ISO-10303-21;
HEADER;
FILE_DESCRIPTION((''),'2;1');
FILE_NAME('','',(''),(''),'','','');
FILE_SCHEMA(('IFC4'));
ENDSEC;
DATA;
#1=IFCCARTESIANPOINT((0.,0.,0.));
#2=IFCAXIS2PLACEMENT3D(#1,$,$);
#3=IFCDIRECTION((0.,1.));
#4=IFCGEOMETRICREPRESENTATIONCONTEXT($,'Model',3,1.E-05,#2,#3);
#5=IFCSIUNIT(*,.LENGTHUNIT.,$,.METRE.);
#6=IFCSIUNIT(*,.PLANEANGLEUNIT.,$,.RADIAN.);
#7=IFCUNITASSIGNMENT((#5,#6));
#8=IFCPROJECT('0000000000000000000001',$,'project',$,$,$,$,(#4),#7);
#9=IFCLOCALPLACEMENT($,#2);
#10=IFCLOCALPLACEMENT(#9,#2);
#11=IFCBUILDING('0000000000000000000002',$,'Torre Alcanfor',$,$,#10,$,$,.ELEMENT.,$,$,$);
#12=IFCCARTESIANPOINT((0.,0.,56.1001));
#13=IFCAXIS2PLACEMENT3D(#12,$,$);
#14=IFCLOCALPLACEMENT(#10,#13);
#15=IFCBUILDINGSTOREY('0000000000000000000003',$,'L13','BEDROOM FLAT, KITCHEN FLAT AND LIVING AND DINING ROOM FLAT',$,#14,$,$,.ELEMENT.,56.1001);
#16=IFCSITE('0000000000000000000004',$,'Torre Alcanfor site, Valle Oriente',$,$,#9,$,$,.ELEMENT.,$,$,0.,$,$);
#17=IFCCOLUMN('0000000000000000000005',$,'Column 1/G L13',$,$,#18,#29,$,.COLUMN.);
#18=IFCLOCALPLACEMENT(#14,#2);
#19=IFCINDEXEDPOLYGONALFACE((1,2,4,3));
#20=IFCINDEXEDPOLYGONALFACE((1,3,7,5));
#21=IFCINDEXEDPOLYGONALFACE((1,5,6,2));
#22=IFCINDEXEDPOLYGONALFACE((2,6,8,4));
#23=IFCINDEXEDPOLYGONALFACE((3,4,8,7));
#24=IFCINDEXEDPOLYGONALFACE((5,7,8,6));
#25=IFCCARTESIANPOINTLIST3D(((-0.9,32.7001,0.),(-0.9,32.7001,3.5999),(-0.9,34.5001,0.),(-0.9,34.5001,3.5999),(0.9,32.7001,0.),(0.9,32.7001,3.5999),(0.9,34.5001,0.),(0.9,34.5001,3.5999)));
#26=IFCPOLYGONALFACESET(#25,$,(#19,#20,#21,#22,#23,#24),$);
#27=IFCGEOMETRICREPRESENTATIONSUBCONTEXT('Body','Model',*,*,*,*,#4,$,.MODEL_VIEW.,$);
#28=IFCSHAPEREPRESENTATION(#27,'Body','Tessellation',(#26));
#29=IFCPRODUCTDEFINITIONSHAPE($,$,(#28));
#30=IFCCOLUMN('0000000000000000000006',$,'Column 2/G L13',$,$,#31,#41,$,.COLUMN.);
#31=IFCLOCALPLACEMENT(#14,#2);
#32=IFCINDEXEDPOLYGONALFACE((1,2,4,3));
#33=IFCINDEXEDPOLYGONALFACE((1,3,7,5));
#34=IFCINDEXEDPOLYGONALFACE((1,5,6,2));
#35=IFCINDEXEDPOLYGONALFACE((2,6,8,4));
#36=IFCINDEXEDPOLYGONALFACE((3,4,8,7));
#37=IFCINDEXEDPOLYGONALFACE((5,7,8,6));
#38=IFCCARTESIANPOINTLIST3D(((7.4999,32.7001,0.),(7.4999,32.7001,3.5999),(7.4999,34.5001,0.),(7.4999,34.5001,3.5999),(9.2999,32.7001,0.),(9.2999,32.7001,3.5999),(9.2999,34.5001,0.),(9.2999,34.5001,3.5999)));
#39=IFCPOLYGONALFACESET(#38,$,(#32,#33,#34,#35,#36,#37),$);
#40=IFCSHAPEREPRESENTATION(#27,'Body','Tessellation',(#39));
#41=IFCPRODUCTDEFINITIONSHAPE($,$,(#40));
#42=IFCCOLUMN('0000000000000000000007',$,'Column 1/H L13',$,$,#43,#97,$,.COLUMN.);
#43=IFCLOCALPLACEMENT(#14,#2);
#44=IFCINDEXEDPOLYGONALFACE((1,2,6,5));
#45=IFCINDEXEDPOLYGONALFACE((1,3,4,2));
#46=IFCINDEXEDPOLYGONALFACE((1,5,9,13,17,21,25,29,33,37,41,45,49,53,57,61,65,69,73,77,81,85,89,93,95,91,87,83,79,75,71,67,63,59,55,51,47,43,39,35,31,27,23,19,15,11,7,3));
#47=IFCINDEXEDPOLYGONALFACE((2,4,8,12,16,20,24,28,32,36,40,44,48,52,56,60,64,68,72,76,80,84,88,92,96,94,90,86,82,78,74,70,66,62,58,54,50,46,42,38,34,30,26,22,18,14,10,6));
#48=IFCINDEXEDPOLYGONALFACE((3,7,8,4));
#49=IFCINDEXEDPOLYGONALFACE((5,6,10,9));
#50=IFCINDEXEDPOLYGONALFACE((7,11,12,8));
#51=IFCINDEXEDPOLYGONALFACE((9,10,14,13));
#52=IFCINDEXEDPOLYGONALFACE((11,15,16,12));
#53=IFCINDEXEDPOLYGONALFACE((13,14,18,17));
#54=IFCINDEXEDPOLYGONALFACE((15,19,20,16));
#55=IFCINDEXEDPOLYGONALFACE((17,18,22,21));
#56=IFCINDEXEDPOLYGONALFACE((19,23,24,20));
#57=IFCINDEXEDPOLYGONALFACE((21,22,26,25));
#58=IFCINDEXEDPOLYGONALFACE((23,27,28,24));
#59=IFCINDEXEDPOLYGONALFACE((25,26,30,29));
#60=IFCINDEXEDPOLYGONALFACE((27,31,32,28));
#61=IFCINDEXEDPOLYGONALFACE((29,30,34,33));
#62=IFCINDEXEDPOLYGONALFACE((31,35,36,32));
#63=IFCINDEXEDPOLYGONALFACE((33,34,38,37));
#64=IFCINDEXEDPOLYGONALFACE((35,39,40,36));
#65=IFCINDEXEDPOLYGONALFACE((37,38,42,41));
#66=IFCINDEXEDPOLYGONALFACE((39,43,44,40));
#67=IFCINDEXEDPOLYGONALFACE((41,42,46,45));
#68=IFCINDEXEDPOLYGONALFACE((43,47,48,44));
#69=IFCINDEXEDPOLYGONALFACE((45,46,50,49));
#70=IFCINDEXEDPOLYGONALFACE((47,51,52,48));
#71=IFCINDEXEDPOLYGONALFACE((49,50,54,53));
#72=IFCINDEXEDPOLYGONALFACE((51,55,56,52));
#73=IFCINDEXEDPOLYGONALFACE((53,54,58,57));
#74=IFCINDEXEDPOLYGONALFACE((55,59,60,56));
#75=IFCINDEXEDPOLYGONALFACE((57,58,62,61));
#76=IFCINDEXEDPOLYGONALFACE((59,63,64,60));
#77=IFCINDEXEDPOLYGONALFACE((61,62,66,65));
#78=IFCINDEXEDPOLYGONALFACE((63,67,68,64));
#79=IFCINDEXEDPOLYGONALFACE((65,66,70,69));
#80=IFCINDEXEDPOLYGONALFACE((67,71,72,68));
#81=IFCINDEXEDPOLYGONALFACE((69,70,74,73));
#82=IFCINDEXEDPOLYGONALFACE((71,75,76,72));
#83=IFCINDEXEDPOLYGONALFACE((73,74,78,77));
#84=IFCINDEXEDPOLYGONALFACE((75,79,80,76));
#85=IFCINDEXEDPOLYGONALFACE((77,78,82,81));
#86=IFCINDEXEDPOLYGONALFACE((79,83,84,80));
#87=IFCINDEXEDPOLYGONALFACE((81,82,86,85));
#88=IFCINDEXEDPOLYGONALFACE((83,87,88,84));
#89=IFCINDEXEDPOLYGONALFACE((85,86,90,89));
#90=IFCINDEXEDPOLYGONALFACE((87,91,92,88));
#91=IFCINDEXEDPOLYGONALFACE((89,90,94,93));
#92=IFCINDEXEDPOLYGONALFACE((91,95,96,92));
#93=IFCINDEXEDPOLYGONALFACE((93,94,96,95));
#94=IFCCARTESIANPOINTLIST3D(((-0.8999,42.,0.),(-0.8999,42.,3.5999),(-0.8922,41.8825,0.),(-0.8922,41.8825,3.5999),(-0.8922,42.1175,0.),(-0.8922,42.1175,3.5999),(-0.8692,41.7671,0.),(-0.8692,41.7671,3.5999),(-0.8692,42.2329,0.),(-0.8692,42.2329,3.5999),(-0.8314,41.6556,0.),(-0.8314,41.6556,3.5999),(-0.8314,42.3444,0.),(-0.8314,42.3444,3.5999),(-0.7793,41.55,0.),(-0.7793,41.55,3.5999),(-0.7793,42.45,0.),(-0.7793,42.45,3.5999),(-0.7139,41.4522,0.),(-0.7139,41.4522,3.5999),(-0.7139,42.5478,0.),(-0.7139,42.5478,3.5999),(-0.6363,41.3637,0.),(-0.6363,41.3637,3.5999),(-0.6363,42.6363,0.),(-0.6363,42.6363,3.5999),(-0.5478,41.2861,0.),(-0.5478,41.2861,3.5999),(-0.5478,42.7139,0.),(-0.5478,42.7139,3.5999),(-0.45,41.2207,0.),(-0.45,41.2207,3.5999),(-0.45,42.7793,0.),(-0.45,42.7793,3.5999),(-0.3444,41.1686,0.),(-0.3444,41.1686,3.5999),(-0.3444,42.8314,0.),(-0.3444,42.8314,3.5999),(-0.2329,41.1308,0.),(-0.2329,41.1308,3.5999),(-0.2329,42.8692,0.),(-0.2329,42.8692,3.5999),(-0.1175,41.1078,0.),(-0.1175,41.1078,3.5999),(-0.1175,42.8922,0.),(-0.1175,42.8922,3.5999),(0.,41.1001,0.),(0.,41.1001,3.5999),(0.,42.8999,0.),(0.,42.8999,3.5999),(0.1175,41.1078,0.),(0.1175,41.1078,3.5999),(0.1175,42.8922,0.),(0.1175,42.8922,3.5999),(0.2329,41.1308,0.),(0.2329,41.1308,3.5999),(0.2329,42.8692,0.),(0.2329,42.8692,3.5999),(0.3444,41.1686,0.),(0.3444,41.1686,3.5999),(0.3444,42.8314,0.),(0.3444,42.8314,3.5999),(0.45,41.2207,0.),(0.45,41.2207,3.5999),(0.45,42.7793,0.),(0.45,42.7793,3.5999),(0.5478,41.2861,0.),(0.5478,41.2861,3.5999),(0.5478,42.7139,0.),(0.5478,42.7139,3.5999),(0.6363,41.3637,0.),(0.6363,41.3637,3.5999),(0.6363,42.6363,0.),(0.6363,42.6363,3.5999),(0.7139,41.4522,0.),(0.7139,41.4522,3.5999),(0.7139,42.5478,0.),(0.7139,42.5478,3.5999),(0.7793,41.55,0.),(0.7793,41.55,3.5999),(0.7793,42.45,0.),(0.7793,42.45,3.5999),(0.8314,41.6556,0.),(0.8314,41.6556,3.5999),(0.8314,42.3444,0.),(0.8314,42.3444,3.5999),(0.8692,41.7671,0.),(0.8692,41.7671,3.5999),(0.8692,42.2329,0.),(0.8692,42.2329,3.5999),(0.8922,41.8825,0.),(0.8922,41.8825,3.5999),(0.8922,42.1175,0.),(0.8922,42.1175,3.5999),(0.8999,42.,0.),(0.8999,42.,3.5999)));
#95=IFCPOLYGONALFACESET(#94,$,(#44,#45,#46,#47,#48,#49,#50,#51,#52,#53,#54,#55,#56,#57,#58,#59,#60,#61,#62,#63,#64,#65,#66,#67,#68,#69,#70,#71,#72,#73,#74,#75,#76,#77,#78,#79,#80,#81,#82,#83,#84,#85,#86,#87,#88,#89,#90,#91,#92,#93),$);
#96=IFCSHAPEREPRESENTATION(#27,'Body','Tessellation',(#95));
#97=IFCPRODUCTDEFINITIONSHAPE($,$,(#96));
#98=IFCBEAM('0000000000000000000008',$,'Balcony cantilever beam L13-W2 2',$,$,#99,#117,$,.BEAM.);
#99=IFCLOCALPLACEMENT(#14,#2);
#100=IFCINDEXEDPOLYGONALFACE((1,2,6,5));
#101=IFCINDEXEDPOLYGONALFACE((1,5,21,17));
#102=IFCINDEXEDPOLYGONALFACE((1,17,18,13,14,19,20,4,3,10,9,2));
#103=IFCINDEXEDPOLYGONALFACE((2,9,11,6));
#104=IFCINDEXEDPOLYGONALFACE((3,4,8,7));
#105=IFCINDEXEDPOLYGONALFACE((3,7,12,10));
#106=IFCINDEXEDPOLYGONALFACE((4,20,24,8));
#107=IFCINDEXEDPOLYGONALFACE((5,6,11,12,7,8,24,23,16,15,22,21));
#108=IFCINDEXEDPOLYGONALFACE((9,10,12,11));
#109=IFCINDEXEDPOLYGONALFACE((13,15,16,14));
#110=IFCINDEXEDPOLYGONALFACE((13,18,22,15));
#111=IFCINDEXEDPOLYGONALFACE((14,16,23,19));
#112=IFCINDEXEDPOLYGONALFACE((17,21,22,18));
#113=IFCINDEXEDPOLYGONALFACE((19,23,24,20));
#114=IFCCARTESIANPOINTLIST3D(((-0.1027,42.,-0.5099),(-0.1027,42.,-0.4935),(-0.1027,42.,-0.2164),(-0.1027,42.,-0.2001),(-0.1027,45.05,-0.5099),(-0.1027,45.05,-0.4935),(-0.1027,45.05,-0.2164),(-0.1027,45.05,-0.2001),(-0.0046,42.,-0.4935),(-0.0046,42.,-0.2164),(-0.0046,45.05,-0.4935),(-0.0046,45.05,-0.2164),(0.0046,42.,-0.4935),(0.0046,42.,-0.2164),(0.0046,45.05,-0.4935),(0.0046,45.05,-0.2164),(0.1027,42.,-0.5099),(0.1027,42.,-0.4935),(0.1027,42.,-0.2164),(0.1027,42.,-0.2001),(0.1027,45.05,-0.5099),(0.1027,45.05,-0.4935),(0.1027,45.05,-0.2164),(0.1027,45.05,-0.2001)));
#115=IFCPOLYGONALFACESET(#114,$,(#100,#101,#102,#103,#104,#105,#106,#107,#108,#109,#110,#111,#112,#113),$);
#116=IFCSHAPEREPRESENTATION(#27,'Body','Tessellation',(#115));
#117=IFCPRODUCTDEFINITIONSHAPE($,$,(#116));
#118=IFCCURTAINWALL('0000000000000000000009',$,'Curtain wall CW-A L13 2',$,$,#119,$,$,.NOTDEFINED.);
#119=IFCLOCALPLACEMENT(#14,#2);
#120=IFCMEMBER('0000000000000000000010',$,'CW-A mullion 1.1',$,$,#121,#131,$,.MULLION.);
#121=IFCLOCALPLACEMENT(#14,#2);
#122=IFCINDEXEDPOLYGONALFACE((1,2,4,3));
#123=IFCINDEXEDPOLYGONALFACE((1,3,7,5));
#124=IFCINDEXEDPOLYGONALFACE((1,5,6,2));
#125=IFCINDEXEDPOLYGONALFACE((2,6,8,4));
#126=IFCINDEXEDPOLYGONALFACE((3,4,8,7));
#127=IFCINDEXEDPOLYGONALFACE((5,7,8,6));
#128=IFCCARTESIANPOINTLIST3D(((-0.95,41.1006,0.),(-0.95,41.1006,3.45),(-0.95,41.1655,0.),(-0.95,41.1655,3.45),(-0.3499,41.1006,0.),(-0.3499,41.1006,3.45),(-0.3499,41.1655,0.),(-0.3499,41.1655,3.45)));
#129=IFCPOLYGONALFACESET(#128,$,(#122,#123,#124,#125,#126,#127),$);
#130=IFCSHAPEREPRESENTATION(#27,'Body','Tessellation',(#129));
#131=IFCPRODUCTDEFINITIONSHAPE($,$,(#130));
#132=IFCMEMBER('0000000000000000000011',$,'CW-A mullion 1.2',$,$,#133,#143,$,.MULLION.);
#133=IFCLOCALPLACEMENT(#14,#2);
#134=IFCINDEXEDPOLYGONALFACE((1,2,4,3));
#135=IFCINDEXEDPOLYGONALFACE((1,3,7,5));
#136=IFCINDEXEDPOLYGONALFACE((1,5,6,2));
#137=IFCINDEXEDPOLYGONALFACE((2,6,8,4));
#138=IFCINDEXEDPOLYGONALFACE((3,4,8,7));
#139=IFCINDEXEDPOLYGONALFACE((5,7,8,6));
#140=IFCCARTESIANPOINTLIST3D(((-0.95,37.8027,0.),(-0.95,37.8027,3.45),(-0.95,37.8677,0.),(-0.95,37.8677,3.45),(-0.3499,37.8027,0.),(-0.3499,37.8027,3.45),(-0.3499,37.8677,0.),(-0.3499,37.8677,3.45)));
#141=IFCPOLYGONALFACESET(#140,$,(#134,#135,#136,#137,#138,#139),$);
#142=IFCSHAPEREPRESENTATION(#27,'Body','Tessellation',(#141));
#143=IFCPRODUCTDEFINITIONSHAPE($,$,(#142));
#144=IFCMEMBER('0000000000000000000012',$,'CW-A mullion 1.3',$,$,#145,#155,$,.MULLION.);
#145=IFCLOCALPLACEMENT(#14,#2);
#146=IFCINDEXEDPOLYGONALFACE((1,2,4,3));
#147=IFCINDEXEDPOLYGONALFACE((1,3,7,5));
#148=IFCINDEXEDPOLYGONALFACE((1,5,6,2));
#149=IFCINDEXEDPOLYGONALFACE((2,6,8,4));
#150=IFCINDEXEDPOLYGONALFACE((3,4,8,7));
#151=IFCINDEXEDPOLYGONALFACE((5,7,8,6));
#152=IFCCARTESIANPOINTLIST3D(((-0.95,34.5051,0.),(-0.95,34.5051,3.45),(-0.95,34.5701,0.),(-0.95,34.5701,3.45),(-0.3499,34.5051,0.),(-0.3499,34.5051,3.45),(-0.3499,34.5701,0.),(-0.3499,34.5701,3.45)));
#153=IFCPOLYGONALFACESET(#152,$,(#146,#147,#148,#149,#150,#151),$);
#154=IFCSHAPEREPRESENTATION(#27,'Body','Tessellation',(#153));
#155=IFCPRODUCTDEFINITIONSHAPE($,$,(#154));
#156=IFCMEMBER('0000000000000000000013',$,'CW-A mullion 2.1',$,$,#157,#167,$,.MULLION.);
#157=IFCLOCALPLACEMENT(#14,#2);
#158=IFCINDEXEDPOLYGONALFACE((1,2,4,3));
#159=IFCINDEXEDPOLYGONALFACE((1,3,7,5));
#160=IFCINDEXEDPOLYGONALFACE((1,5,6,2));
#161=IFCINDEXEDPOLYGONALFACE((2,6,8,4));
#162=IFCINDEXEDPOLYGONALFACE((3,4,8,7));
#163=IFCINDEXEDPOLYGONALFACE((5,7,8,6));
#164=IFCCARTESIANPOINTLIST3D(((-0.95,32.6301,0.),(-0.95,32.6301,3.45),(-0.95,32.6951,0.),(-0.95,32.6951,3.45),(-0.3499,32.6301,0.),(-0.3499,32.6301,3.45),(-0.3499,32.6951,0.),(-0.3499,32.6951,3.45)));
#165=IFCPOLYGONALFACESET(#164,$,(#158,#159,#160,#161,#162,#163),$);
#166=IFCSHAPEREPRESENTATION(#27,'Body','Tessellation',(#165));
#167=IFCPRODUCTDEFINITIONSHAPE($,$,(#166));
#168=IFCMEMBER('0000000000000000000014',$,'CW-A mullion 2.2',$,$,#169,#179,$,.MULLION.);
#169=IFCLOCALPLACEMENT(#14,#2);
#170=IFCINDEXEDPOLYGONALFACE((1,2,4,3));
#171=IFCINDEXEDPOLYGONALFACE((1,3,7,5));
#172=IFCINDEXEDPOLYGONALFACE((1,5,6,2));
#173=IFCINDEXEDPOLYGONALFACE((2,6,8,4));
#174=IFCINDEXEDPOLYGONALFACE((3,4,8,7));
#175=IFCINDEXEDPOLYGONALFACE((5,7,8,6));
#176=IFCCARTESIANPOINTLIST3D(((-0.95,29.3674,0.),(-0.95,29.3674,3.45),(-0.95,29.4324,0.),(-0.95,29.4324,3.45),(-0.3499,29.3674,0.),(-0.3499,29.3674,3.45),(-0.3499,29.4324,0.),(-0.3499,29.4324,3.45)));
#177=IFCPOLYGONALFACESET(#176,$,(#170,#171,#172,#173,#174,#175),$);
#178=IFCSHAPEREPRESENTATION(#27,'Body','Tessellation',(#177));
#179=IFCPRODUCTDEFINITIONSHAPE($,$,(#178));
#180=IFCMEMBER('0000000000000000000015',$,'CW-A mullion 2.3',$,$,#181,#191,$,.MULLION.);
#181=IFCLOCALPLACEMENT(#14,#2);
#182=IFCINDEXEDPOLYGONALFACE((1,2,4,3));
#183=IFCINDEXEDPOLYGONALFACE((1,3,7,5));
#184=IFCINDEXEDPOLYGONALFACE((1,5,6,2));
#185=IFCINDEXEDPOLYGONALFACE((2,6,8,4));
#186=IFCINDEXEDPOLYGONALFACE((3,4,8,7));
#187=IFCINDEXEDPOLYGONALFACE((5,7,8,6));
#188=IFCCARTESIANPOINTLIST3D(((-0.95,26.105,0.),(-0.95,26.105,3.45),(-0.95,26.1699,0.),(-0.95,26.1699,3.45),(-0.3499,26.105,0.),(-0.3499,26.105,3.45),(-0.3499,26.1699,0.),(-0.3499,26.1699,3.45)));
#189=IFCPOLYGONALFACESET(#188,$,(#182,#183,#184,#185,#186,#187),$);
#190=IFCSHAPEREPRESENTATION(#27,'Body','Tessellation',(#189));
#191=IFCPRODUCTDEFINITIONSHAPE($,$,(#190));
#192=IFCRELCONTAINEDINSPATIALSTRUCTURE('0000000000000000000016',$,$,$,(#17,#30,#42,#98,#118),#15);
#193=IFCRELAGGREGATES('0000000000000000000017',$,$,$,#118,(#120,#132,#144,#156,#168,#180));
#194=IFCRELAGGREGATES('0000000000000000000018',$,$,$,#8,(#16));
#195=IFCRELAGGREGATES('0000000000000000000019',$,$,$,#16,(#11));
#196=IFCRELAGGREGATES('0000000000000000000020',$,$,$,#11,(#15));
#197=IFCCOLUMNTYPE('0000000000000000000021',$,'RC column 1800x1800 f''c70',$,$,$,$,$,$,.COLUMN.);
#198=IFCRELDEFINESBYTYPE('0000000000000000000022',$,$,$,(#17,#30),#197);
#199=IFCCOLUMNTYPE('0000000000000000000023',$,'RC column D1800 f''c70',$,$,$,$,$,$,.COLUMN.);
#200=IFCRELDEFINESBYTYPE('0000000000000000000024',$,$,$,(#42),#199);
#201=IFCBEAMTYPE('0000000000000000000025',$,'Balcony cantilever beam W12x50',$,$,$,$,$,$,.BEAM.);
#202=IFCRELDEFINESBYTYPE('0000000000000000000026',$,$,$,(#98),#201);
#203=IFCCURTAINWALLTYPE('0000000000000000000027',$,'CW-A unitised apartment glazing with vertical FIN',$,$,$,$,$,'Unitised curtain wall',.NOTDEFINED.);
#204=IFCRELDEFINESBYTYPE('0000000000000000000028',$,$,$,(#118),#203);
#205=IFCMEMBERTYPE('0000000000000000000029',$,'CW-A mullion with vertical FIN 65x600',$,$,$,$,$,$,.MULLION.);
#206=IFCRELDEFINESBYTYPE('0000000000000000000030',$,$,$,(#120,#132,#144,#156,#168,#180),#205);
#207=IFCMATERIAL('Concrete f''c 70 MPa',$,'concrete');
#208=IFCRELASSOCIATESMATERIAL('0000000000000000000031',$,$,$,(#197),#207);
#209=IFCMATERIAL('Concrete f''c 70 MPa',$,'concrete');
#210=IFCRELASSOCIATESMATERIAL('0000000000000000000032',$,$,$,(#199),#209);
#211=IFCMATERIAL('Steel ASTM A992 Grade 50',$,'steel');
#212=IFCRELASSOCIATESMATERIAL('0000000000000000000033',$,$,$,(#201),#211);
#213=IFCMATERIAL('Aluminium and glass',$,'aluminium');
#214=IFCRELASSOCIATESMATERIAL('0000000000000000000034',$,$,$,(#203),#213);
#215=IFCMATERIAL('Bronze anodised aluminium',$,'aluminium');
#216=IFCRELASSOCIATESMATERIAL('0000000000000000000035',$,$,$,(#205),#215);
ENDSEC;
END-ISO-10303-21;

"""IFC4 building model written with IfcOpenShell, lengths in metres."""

from ifc_helpers import new_model, si_unit, direction, frame, origin, origin_2d, place, context, subcontext, project, spatial, rectangle, circle, i_section, extrude, material, material_profile, profile_set, type_object, element, aggregate, save


model = new_model("IFC4")

# Units and contexts
model_context = context("Model", 3, precision=1e-05, world=origin(), true_north=direction((0.0, 1.0)))
body_context = subcontext(model_context, "Body", "Model", "MODEL_VIEW")
ifc_project = project(units=[si_unit("LENGTHUNIT", "METRE"), si_unit("PLANEANGLEUNIT", "RADIAN")], contexts=[model_context])

# Site, building, storey
site_placement = place(None, origin())
site = spatial("IfcSite", under=ifc_project, at=site_placement, Name="Torre Alcanfor site, Valle Oriente", CompositionType="ELEMENT", RefElevation=0.0)
building_placement = place(site_placement, origin())
building = spatial("IfcBuilding", under=site, at=building_placement, Name="Torre Alcanfor", CompositionType="ELEMENT")
storey_placement = place(building_placement, frame((0.0, 0.0, 56.1001)))
storey = spatial("IfcBuildingStorey", under=building, at=storey_placement, Name="L13", Description="BEDROOM FLAT, KITCHEN FLAT AND LIVING AND DINING ROOM FLAT", CompositionType="ELEMENT", Elevation=56.1001)

# Columns
ifc_material_1 = material(Name="Concrete f'c 70 MPa", Category="concrete")
ifc_material_profile_1 = material_profile(ifc_material_1, rectangle(XDim=1.8, YDim=1.8, at=origin_2d()), Name="1800x1800")
ifc_profile_set_1 = profile_set([ifc_material_profile_1], Name="Concrete f'c 70 MPa")
column_type_1 = type_object("IfcColumnType", Name="RC column 1800x1800 f'c70", PredefinedType="COLUMN", material=ifc_profile_set_1)
for number, where, z_axis, x_axis, name in (
    (1, (0.0, 33.6001, 0.0), (0.0, 0.0, 1.0), (1.0, 0.0, 0.0), "Column 1/G L13"),
    (2, (8.3999, 33.6001, 0.0), (0.0, 0.0, 1.0), (1.0, 0.0, 0.0), "Column 2/G L13"),
):
    element("IfcColumn", number, at=place(storey_placement, frame(where, z_axis=z_axis, x_axis=x_axis)), inside=storey, type_object=column_type_1, Name=name, PredefinedType="COLUMN", context=body_context, shape_type="SweptSolid", body=[
        extrude(rectangle(XDim=1.8, YDim=1.8, at=origin_2d()), origin(), (0.0, 0.0, 1.0), 3.5999),
    ])
ifc_material_2 = material(Name="Concrete f'c 70 MPa", Category="concrete")
ifc_material_profile_2 = material_profile(ifc_material_2, circle(Radius=0.8999, at=origin_2d()), Name="D1800")
ifc_profile_set_2 = profile_set([ifc_material_profile_2], Name="Concrete f'c 70 MPa")
column_type_2 = type_object("IfcColumnType", Name="RC column D1800 f'c70", PredefinedType="COLUMN", material=ifc_profile_set_2)
column_placement = place(storey_placement, frame((0.0, 42.0, 0.0), z_axis=(0.0, 0.0, 1.0), x_axis=(1.0, 0.0, 0.0)))
element("IfcColumn", 3, at=column_placement, inside=storey, type_object=column_type_2, Name="Column 1/H L13", PredefinedType="COLUMN", context=body_context, shape_type="SweptSolid", body=[
    extrude(circle(Radius=0.8999, at=origin_2d()), origin(), (0.0, 0.0, 1.0), 3.5999),
])

# Beam
ifc_material_3 = material(Name="Steel ASTM A992 Grade 50", Category="steel")
ifc_material_profile_3 = material_profile(ifc_material_3, i_section(OverallWidth=0.2053, OverallDepth=0.3098, WebThickness=0.0093, FlangeThickness=0.0164, at=origin_2d()), Name="W12x50")
ifc_profile_set_3 = profile_set([ifc_material_profile_3], Name="Steel ASTM A992 Grade 50")
beam_type_1 = type_object("IfcBeamType", Name="Balcony cantilever beam W12x50", PredefinedType="BEAM", material=ifc_profile_set_3)
beam_1_placement = place(storey_placement, frame((0.0, 42.0, -0.355), z_axis=(0.0, 1.0, 0.0), x_axis=(-1.0, 0.0, 0.0)))
element("IfcBeam", 4, at=beam_1_placement, inside=storey, type_object=beam_type_1, Name="Balcony cantilever beam L13-W2 2", PredefinedType="BEAM", context=body_context, shape_type="SweptSolid", body=[
    extrude(i_section(OverallWidth=0.2053, OverallDepth=0.3098, WebThickness=0.0093, FlangeThickness=0.0164, at=origin_2d()), origin(), (0.0, 0.0, 1.0), 3.05),
])

# Curtain wall, members
ifc_material_4 = material(Name="Aluminium and glass", Category="aluminium")
curtain_wall_type = type_object("IfcCurtainWallType", Name="CW-A unitised apartment glazing with vertical FIN", ElementType="Unitised curtain wall", PredefinedType="NOTDEFINED", material=ifc_material_4)
curtain_wall_placement = place(storey_placement, origin())
curtain_wall = element("IfcCurtainWall", 5, at=curtain_wall_placement, inside=storey, type_object=curtain_wall_type, Name="Curtain wall CW-A L13 2", PredefinedType="NOTDEFINED")
ifc_material_5 = material(Name="Bronze anodised aluminium", Category="aluminium")
ifc_material_profile_4 = material_profile(ifc_material_5, rectangle(XDim=0.6001, YDim=0.0649, at=origin_2d()), Name="CW-A mullion 65x600")
ifc_profile_set_4 = profile_set([ifc_material_profile_4], Name="Bronze anodised aluminium")
member_type_1 = type_object("IfcMemberType", Name="CW-A mullion with vertical FIN 65x600", PredefinedType="MULLION", material=ifc_profile_set_4)
member_1_placement = place(storey_placement, frame((-0.6499, 41.1331, 0.0), z_axis=(0.0, 0.0, 1.0), x_axis=(1.0, 0.0, 0.0)))
member_1 = element("IfcMember", 6, at=member_1_placement, type_object=member_type_1, Name="CW-A mullion 1.1", PredefinedType="MULLION", context=body_context, shape_type="SweptSolid", body=[
    extrude(rectangle(XDim=0.6001, YDim=0.0649, at=origin_2d()), origin(), (0.0, 0.0, 1.0), 3.45),
])
member_2_placement = place(storey_placement, frame((-0.6499, 37.8352, 0.0), z_axis=(0.0, 0.0, 1.0), x_axis=(1.0, 0.0, 0.0)))
member_2 = element("IfcMember", 7, at=member_2_placement, type_object=member_type_1, Name="CW-A mullion 1.2", PredefinedType="MULLION", context=body_context, shape_type="SweptSolid", body=[
    extrude(rectangle(XDim=0.6001, YDim=0.0649, at=origin_2d()), origin(), (0.0, 0.0, 1.0), 3.45),
])
member_3_placement = place(storey_placement, frame((-0.6499, 34.5376, 0.0), z_axis=(0.0, 0.0, 1.0), x_axis=(1.0, 0.0, 0.0)))
member_3 = element("IfcMember", 8, at=member_3_placement, type_object=member_type_1, Name="CW-A mullion 1.3", PredefinedType="MULLION", context=body_context, shape_type="SweptSolid", body=[
    extrude(rectangle(XDim=0.6001, YDim=0.0649, at=origin_2d()), origin(), (0.0, 0.0, 1.0), 3.45),
])
member_4_placement = place(storey_placement, frame((-0.6499, 32.6626, 0.0), z_axis=(0.0, 0.0, 1.0), x_axis=(1.0, 0.0, 0.0)))
member_4 = element("IfcMember", 9, at=member_4_placement, type_object=member_type_1, Name="CW-A mullion 2.1", PredefinedType="MULLION", context=body_context, shape_type="SweptSolid", body=[
    extrude(rectangle(XDim=0.6001, YDim=0.0649, at=origin_2d()), origin(), (0.0, 0.0, 1.0), 3.45),
])
member_5_placement = place(storey_placement, frame((-0.6499, 29.3999, 0.0), z_axis=(0.0, 0.0, 1.0), x_axis=(1.0, 0.0, 0.0)))
member_5 = element("IfcMember", 10, at=member_5_placement, type_object=member_type_1, Name="CW-A mullion 2.2", PredefinedType="MULLION", context=body_context, shape_type="SweptSolid", body=[
    extrude(rectangle(XDim=0.6001, YDim=0.0649, at=origin_2d()), origin(), (0.0, 0.0, 1.0), 3.45),
])
member_6_placement = place(storey_placement, frame((-0.6499, 26.1375, 0.0), z_axis=(0.0, 0.0, 1.0), x_axis=(1.0, 0.0, 0.0)))
member_6 = element("IfcMember", 11, at=member_6_placement, type_object=member_type_1, Name="CW-A mullion 2.3", PredefinedType="MULLION", context=body_context, shape_type="SweptSolid", body=[
    extrude(rectangle(XDim=0.6001, YDim=0.0649, at=origin_2d()), origin(), (0.0, 0.0, 1.0), 3.45),
])

aggregate(curtain_wall, [member_1, member_2, member_3, member_4, member_5, member_6])

save(model, "model.ifc")
